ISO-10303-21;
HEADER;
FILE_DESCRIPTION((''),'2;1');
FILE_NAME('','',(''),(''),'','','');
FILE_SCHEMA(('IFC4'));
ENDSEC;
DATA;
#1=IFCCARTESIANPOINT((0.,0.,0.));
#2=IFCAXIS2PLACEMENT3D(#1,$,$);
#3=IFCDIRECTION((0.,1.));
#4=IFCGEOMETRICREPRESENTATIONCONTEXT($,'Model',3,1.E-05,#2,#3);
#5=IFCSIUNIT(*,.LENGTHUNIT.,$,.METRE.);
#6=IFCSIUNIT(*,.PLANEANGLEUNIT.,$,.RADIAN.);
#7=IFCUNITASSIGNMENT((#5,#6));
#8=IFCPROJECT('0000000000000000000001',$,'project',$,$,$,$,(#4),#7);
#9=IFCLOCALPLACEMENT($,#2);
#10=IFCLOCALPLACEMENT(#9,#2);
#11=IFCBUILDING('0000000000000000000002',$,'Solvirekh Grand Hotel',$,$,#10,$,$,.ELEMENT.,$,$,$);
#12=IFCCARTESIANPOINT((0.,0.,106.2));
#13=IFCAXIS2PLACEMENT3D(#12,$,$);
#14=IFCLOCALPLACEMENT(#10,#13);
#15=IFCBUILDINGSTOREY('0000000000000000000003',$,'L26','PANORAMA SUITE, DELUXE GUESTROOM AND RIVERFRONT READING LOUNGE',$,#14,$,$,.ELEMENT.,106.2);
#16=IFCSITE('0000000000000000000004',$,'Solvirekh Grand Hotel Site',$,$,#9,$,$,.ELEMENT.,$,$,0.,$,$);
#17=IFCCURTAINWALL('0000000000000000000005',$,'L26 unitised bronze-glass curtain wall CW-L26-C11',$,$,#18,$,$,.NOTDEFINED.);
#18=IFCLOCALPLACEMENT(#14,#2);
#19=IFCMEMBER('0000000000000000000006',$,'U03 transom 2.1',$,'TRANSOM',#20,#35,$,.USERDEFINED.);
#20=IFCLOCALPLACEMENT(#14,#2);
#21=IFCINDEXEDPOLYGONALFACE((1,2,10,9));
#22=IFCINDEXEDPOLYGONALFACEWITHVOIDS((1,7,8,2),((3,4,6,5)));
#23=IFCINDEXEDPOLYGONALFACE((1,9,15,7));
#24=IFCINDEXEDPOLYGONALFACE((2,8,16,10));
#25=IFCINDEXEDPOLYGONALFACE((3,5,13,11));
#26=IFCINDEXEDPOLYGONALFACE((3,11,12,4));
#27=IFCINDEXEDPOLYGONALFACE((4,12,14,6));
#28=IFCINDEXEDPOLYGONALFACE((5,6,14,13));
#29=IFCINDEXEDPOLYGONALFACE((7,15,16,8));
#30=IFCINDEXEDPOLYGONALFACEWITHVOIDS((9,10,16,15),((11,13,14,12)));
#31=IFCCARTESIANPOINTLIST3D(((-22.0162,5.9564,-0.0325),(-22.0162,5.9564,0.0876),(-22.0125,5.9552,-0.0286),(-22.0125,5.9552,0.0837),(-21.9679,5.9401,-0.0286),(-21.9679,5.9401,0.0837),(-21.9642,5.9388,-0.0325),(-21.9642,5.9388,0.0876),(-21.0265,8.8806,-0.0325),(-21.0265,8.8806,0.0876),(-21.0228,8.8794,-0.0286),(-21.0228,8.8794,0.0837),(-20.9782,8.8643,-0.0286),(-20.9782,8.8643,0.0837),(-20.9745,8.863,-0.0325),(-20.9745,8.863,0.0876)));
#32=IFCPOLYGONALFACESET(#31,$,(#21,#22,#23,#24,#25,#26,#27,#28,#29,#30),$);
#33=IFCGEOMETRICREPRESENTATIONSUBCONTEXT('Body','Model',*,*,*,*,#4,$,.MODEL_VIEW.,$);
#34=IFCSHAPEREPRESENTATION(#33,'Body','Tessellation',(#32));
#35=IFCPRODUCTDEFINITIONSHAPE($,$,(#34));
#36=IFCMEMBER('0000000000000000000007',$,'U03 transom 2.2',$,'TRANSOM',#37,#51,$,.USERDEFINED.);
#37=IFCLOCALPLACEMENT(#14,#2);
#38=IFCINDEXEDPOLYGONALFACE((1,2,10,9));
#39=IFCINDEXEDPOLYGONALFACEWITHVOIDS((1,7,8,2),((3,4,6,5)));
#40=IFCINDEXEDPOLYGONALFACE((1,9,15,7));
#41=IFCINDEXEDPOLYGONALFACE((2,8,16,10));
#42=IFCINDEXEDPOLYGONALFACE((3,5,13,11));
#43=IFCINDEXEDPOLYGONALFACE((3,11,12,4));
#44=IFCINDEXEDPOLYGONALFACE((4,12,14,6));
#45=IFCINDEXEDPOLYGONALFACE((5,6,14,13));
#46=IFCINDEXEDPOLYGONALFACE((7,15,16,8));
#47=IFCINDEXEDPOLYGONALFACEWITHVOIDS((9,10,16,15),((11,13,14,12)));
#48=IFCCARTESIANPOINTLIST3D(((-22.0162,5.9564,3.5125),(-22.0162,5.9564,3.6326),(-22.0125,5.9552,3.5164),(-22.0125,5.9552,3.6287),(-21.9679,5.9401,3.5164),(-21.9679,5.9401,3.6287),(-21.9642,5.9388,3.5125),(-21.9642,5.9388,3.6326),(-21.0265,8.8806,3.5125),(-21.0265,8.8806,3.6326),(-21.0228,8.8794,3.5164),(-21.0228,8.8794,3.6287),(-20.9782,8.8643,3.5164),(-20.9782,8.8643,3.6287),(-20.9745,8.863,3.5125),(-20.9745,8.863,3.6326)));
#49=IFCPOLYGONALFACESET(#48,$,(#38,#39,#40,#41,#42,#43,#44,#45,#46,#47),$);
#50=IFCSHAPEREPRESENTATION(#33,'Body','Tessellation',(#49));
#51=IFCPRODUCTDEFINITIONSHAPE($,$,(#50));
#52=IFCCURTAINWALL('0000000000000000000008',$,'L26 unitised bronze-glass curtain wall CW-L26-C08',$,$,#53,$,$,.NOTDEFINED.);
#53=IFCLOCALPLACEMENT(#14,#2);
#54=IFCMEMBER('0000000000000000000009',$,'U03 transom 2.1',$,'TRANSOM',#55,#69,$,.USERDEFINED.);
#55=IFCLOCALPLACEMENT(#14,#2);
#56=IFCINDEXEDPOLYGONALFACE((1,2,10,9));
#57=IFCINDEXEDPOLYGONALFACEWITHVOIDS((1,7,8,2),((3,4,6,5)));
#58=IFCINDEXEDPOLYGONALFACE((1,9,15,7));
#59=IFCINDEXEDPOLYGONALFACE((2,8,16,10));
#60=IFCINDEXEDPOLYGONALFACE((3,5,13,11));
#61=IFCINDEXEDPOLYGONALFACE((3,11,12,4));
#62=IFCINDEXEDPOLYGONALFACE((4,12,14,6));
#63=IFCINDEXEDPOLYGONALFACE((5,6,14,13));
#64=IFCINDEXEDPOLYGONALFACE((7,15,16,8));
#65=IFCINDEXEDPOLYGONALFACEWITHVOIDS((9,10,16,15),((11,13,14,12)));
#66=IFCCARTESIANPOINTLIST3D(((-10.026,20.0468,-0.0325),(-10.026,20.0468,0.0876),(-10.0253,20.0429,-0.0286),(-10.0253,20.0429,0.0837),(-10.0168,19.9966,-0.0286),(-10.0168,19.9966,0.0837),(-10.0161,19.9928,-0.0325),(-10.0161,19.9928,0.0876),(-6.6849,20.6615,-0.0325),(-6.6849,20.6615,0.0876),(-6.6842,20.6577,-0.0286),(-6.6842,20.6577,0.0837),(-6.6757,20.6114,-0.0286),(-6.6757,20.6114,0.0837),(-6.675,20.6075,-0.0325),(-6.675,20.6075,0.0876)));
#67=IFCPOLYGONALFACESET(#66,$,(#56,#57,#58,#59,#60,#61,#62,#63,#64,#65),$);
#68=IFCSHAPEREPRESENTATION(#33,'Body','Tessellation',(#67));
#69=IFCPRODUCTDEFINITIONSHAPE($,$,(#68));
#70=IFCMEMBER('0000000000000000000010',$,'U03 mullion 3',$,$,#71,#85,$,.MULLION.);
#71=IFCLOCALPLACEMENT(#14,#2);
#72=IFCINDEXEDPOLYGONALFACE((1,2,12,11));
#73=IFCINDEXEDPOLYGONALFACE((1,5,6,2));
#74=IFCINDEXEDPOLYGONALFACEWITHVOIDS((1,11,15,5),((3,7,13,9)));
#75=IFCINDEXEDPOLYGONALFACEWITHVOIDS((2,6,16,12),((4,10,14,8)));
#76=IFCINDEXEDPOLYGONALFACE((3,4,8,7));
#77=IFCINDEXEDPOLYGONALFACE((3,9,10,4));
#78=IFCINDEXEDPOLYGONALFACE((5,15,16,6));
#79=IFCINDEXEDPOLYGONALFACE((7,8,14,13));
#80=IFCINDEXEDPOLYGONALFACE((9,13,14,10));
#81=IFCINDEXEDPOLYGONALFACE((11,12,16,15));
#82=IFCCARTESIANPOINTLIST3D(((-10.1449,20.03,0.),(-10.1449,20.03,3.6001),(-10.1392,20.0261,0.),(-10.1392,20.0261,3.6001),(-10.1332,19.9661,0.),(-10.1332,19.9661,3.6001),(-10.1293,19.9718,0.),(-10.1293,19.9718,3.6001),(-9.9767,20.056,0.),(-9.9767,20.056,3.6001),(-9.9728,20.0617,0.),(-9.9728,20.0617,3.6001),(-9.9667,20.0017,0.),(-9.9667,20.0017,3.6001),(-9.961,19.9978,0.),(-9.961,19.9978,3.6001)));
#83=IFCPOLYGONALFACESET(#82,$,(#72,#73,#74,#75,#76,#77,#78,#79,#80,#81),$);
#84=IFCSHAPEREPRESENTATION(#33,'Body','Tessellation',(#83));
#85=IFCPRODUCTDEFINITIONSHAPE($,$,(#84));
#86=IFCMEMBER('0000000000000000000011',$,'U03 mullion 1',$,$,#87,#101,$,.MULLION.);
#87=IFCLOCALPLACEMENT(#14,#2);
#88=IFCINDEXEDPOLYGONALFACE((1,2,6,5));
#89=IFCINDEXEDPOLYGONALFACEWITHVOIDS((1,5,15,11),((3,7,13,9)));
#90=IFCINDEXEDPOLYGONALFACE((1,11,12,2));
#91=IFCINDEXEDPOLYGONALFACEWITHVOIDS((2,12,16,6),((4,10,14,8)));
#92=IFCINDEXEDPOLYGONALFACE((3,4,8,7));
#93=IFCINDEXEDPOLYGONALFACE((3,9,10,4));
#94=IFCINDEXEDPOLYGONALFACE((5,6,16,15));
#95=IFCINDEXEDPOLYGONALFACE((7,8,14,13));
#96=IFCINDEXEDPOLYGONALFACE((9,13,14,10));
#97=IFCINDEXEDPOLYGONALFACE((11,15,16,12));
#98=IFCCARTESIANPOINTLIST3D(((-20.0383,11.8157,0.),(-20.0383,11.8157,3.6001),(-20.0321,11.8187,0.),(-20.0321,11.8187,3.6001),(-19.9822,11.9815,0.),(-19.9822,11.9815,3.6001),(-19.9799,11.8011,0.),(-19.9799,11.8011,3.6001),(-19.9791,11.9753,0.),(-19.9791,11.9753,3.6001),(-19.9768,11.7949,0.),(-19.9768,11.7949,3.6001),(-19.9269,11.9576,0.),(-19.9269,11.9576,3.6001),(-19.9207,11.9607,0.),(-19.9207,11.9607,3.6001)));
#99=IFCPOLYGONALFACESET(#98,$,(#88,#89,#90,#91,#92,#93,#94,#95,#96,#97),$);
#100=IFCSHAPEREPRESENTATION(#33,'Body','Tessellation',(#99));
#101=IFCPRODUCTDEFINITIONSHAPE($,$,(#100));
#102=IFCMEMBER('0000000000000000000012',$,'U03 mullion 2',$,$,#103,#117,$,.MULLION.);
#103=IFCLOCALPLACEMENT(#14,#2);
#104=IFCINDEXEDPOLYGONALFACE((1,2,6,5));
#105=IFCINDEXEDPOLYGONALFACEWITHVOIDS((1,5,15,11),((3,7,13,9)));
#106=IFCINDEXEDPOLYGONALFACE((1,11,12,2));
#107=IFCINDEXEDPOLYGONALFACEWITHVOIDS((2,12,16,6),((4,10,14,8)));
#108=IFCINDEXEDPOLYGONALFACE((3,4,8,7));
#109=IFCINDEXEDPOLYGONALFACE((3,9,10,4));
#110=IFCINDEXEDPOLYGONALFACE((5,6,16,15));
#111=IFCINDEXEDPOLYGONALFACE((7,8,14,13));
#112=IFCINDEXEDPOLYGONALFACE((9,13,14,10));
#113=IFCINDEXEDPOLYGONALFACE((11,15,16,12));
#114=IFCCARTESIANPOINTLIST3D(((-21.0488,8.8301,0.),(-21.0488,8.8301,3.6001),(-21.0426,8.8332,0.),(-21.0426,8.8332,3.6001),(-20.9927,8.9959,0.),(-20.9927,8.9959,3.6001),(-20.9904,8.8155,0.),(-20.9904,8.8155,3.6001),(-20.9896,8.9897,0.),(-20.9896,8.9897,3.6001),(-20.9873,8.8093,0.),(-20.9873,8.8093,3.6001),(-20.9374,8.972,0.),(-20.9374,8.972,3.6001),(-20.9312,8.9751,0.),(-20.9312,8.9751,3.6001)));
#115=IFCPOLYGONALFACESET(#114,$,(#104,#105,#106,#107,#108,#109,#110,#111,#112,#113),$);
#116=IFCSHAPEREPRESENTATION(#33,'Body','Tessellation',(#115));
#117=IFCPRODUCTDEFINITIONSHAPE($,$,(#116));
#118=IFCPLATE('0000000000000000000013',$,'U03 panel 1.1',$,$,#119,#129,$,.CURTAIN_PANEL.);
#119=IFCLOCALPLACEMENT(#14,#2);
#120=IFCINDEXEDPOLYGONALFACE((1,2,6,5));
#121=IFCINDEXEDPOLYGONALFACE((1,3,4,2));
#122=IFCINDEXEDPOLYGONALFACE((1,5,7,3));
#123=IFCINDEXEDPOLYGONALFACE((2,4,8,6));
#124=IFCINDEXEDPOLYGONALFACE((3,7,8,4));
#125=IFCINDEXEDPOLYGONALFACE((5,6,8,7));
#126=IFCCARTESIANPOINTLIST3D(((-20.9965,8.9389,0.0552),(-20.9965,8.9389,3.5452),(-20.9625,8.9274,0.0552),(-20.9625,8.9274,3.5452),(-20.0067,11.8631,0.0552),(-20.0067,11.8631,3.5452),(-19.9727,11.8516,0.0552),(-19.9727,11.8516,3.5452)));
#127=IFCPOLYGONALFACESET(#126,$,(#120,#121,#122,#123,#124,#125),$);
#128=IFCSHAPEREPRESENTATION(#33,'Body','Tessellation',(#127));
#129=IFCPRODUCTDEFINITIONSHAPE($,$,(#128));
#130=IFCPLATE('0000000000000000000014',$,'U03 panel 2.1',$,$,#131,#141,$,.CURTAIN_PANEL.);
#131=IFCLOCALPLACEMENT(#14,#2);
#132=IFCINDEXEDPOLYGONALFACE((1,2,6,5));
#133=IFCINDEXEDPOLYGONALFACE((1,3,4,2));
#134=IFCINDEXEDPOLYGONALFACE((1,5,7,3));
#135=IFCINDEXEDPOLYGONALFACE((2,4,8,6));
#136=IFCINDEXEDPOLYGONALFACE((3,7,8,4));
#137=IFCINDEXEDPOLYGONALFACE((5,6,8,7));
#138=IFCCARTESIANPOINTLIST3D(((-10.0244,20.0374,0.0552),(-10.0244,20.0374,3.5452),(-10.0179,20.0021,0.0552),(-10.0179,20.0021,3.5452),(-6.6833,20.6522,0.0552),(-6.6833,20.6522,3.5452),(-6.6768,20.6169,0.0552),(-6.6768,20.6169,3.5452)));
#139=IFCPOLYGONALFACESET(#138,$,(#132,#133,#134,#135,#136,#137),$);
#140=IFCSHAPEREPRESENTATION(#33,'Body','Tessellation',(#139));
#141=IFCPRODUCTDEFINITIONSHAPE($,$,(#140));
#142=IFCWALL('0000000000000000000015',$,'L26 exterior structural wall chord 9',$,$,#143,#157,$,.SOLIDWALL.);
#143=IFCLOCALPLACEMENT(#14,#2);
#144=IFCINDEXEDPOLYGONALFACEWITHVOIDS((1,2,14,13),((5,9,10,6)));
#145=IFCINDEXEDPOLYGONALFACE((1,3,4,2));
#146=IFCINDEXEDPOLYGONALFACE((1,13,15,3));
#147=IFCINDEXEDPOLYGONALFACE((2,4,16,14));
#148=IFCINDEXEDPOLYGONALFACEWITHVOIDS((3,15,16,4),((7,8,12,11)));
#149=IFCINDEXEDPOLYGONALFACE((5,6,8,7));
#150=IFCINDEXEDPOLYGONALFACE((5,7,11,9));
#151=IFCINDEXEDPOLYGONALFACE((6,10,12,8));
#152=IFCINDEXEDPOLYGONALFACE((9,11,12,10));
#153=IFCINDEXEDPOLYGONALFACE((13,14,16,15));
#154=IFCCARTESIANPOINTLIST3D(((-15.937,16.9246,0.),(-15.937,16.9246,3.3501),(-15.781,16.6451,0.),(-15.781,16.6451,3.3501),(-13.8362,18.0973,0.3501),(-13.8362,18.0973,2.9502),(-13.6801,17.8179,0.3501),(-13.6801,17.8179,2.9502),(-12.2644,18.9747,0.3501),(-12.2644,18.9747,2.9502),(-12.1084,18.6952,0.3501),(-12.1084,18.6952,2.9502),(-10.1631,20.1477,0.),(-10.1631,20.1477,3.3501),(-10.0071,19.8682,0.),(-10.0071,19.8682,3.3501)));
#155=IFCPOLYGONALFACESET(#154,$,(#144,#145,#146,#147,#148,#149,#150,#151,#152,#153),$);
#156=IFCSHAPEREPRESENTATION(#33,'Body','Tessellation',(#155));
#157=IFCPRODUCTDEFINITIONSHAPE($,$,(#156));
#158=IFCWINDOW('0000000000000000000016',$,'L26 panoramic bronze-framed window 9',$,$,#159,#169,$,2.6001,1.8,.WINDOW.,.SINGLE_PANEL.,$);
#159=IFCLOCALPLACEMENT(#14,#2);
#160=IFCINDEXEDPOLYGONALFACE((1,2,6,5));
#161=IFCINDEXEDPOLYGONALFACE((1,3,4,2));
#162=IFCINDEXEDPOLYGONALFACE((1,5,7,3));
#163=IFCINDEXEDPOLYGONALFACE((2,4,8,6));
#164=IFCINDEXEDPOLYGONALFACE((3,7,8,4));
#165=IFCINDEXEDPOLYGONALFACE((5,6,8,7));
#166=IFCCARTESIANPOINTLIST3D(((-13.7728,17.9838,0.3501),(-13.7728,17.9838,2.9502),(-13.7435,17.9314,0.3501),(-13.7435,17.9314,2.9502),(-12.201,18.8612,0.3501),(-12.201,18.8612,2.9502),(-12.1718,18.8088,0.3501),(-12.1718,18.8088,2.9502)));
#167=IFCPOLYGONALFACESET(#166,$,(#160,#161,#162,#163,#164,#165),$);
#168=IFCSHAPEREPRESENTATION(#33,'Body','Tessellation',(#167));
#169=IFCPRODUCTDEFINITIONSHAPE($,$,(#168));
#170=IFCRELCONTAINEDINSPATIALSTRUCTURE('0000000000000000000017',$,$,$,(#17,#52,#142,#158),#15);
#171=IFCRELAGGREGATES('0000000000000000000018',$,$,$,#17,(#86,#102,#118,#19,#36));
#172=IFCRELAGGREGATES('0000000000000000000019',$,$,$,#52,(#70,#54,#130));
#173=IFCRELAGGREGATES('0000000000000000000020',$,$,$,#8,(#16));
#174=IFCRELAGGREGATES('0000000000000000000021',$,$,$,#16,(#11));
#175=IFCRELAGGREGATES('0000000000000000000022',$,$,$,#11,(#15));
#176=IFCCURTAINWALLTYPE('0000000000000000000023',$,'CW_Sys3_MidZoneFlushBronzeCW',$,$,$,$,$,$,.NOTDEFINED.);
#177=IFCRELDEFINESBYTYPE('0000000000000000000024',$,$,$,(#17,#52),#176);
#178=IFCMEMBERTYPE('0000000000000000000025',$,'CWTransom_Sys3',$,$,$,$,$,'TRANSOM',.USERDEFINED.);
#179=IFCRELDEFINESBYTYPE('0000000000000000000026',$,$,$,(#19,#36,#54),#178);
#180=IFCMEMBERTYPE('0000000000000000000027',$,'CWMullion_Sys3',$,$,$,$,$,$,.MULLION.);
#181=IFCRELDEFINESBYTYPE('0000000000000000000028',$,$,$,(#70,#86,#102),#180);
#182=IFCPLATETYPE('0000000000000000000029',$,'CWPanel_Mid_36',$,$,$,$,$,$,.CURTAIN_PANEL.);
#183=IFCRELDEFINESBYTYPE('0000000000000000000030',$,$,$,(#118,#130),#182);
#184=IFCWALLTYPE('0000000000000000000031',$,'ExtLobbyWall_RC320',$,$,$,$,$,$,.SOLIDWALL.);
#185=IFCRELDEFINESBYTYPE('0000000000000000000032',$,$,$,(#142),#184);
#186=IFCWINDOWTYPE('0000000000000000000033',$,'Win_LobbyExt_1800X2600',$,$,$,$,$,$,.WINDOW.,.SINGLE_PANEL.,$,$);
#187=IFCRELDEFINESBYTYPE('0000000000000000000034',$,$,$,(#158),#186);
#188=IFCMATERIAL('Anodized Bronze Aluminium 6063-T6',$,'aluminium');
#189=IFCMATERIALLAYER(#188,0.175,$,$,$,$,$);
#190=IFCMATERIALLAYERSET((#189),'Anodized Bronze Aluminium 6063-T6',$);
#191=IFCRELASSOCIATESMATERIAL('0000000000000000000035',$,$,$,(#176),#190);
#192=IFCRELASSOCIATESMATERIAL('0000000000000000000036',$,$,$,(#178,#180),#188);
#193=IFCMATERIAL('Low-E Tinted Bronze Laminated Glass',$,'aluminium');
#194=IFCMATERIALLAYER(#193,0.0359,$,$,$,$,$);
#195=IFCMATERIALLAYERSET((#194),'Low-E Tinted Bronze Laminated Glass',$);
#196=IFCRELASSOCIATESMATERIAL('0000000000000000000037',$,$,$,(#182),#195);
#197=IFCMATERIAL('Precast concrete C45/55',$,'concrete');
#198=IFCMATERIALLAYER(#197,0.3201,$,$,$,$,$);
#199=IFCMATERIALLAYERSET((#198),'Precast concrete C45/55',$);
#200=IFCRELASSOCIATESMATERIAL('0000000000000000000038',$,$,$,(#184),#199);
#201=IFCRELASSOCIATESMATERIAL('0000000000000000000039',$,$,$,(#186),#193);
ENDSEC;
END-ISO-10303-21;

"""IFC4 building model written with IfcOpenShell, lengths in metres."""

from ifc_helpers import new_model, si_unit, direction, frame, frame_2d, origin, origin_2d, place, context, subcontext, project, spatial, rectangle, hollow_rectangle, extrude, source, transform, mapped, material, layer, layer_set, material_profile, profile_set, type_object, element, fill, aggregate, save


model = new_model("IFC4")

# Units and contexts
model_context = context("Model", 3, precision=1e-05, world=origin(), true_north=direction((0.0, 1.0)))
body_context = subcontext(model_context, "Body", "Model", "MODEL_VIEW")
ifc_project = project(units=[si_unit("LENGTHUNIT", "METRE"), si_unit("PLANEANGLEUNIT", "RADIAN")], contexts=[model_context])

# Site, building, storey
site_placement = place(None, origin())
site = spatial("IfcSite", under=ifc_project, at=site_placement, Name="Solvirekh Grand Hotel Site", CompositionType="ELEMENT", RefElevation=0.0)
building_placement = place(site_placement, origin())
building = spatial("IfcBuilding", under=site, at=building_placement, Name="Solvirekh Grand Hotel", CompositionType="ELEMENT")
storey_placement = place(building_placement, frame((0.0, 0.0, 106.2)))
storey = spatial("IfcBuildingStorey", under=building, at=storey_placement, Name="L26", Description="PANORAMA SUITE, DELUXE GUESTROOM AND RIVERFRONT READING LOUNGE", CompositionType="ELEMENT", Elevation=106.2)

# Curtain walls, members
ifc_material_1 = material(Name="Anodized Bronze Aluminium 6063-T6", Category="aluminium")
ifc_layer_1 = layer(ifc_material_1, 0.175)
ifc_layer_set_1 = layer_set([ifc_layer_1], Name="Anodized Bronze Aluminium 6063-T6")
curtain_wall_type = type_object("IfcCurtainWallType", Name="CW_Sys3_MidZoneFlushBronzeCW", PredefinedType="NOTDEFINED", material=ifc_layer_set_1)
curtain_wall_1_placement = place(storey_placement, origin())
curtain_wall_1 = element("IfcCurtainWall", 1, at=curtain_wall_1_placement, inside=storey, type_object=curtain_wall_type, Name="L26 unitised bronze-glass curtain wall CW-L26-C11", PredefinedType="NOTDEFINED")
ifc_material_profile_1 = material_profile(ifc_material_1, hollow_rectangle(XDim=0.0549, YDim=0.1201, WallThickness=0.0039, at=origin_2d()), Name="ALU RHS 120X55X4")
ifc_profile_set_1 = profile_set([ifc_material_profile_1], Name="Anodized Bronze Aluminium 6063-T6")
member_type_1 = type_object("IfcMemberType", Name="CWTransom_Sys3", ElementType="TRANSOM", PredefinedType="USERDEFINED", material=ifc_profile_set_1)
shared_shape_1 = source(origin(), body_context, "Body", "SweptSolid", [
    extrude(hollow_rectangle(XDim=0.0549, YDim=0.1201, WallThickness=0.0039, at=origin_2d()), origin(), (0.0, 0.0, 1.0), 3.0872),
])
member_1_placement = place(storey_placement, frame((-21.0005, 8.8718, 0.0276), z_axis=(-0.32059, -0.947218, 0.0), x_axis=(0.947218, -0.32059, 0.0)))
member_1 = element("IfcMember", 2, at=member_1_placement, type_object=member_type_1, Name="U03 transom 2.1", ObjectType="TRANSOM", PredefinedType="USERDEFINED", context=body_context, shape_type="MappedRepresentation", body=[
    mapped(shared_shape_1, transform((0.0, 0.0, 0.0), x_axis=(1.0, 0.0, 0.0), y_axis=(0.0, 1.0, 0.0), z_axis=(0.0, 0.0, 1.0), scale=1.0)),
])
member_2_placement = place(storey_placement, frame((-21.0005, 8.8718, 3.5725), z_axis=(-0.32059, -0.947218, 0.0), x_axis=(0.947218, -0.32059, 0.0)))
member_2 = element("IfcMember", 3, at=member_2_placement, type_object=member_type_1, Name="U03 transom 2.2", ObjectType="TRANSOM", PredefinedType="USERDEFINED", context=body_context, shape_type="MappedRepresentation", body=[
    mapped(shared_shape_1, transform((0.0, 0.0, 0.0), x_axis=(1.0, 0.0, 0.0), y_axis=(0.0, 1.0, 0.0), z_axis=(0.0, 0.0, 1.0), scale=1.0)),
])
curtain_wall_2_placement = place(storey_placement, origin())
curtain_wall_2 = element("IfcCurtainWall", 4, at=curtain_wall_2_placement, inside=storey, type_object=curtain_wall_type, Name="L26 unitised bronze-glass curtain wall CW-L26-C08", PredefinedType="NOTDEFINED")
shared_shape_2 = source(origin(), body_context, "Body", "SweptSolid", [
    extrude(hollow_rectangle(XDim=0.0549, YDim=0.1201, WallThickness=0.0039, at=origin_2d()), origin(), (0.0, 0.0, 1.0), 3.3972),
])
member_3_placement = place(storey_placement, frame((-6.6799, 20.6345, 0.0276), z_axis=(-0.983491, -0.180959, 0.0), x_axis=(0.180959, -0.983491, 0.0)))
member_3 = element("IfcMember", 5, at=member_3_placement, type_object=member_type_1, Name="U03 transom 2.1", ObjectType="TRANSOM", PredefinedType="USERDEFINED", context=body_context, shape_type="MappedRepresentation", body=[
    mapped(shared_shape_2, transform((0.0, 0.0, 0.0), x_axis=(1.0, 0.0, 0.0), y_axis=(0.0, 1.0, 0.0), z_axis=(0.0, 0.0, 1.0), scale=1.0)),
])
ifc_material_profile_2 = material_profile(ifc_material_1, hollow_rectangle(XDim=0.0649, YDim=0.175, WallThickness=0.0049, at=origin_2d()), Name="ALU RHS 175X65X5")
ifc_profile_set_2 = profile_set([ifc_material_profile_2], Name="Anodized Bronze Aluminium 6063-T6")
member_type_2 = type_object("IfcMemberType", Name="CWMullion_Sys3", PredefinedType="MULLION", material=ifc_profile_set_2)
shared_shape_3 = source(origin(), body_context, "Body", "SweptSolid", [
    extrude(hollow_rectangle(XDim=0.0649, YDim=0.175, WallThickness=0.0049, at=origin_2d()), origin(), (0.0, 0.0, 1.0), 3.6001),
])
member_4_placement = place(storey_placement, frame((-10.053, 20.0139, 0.0), z_axis=(0.0, 0.0, 1.0), x_axis=(0.180988, -0.983485, 0.0)))
member_4 = element("IfcMember", 6, at=member_4_placement, type_object=member_type_2, Name="U03 mullion 3", PredefinedType="MULLION", context=body_context, shape_type="MappedRepresentation", body=[
    mapped(shared_shape_3, transform((0.0, 0.0, 0.0), x_axis=(1.0, 0.0, 0.0), y_axis=(0.0, 1.0, 0.0), z_axis=(0.0, 0.0, 1.0), scale=1.0)),
])

# Members
member_5_placement = place(storey_placement, frame((-19.9795, 11.8882, 0.0), z_axis=(0.0, 0.0, 1.0), x_axis=(0.947213, -0.320605, 0.0)))
member_5 = element("IfcMember", 7, at=member_5_placement, type_object=member_type_2, Name="U03 mullion 1", PredefinedType="MULLION", context=body_context, shape_type="MappedRepresentation", body=[
    mapped(shared_shape_3, transform((0.0, 0.0, 0.0), x_axis=(1.0, 0.0, 0.0), y_axis=(0.0, 1.0, 0.0), z_axis=(0.0, 0.0, 1.0), scale=1.0)),
])
member_6_placement = place(storey_placement, frame((-20.99, 8.9026, 0.0), z_axis=(0.0, 0.0, 1.0), x_axis=(0.947213, -0.320605, 0.0)))
member_6 = element("IfcMember", 8, at=member_6_placement, type_object=member_type_2, Name="U03 mullion 2", PredefinedType="MULLION", context=body_context, shape_type="MappedRepresentation", body=[
    mapped(shared_shape_3, transform((0.0, 0.0, 0.0), x_axis=(1.0, 0.0, 0.0), y_axis=(0.0, 1.0, 0.0), z_axis=(0.0, 0.0, 1.0), scale=1.0)),
])

# Plates
ifc_material_2 = material(Name="Low-E Tinted Bronze Laminated Glass", Category="aluminium")
ifc_layer_2 = layer(ifc_material_2, 0.0359)
ifc_layer_set_2 = layer_set([ifc_layer_2], Name="Low-E Tinted Bronze Laminated Glass")
plate_type = type_object("IfcPlateType", Name="CWPanel_Mid_36", PredefinedType="CURTAIN_PANEL", material=ifc_layer_set_2)
shared_shape_4 = source(origin(), body_context, "Body", "SweptSolid", [
    extrude(rectangle(XDim=3.0872, YDim=0.0359, at=origin_2d()), origin(), (0.0, 0.0, 1.0), 3.49),
])
plate_1_placement = place(storey_placement, frame((-20.4846, 10.3953, 0.0552), z_axis=(0.0, 0.0, 1.0), x_axis=(-0.320605, -0.947213, 0.0)))
plate_1 = element("IfcPlate", 9, at=plate_1_placement, type_object=plate_type, Name="U03 panel 1.1", PredefinedType="CURTAIN_PANEL", context=body_context, shape_type="MappedRepresentation", body=[
    mapped(shared_shape_4, transform((0.0, 0.0, 0.0), x_axis=(1.0, 0.0, 0.0), y_axis=(0.0, 1.0, 0.0), z_axis=(0.0, 0.0, 1.0), scale=1.0)),
])
aggregate(curtain_wall_1, [member_5, member_6, plate_1, member_1, member_2])
shared_shape_5 = source(origin(), body_context, "Body", "SweptSolid", [
    extrude(rectangle(XDim=3.3972, YDim=0.0359, at=origin_2d()), origin(), (0.0, 0.0, 1.0), 3.49),
])
plate_2_placement = place(storey_placement, frame((-8.3506, 20.3271, 0.0552), z_axis=(0.0, 0.0, 1.0), x_axis=(-0.983485, -0.180988, 0.0)))
plate_2 = element("IfcPlate", 10, at=plate_2_placement, type_object=plate_type, Name="U03 panel 2.1", PredefinedType="CURTAIN_PANEL", context=body_context, shape_type="MappedRepresentation", body=[
    mapped(shared_shape_5, transform((0.0, 0.0, 0.0), x_axis=(1.0, 0.0, 0.0), y_axis=(0.0, 1.0, 0.0), z_axis=(0.0, 0.0, 1.0), scale=1.0)),
])
aggregate(curtain_wall_2, [member_4, member_3, plate_2])

# Wall, opening, window
ifc_material_3 = material(Name="Precast concrete C45/55", Category="concrete")
ifc_layer_3 = layer(ifc_material_3, 0.3201)
ifc_layer_set_3 = layer_set([ifc_layer_3], Name="Precast concrete C45/55")
wall_type_1 = type_object("IfcWallType", Name="ExtLobbyWall_RC320", PredefinedType="SOLIDWALL", material=ifc_layer_set_3)
wall_1_placement = place(storey_placement, frame((-15.8589, 16.7849, 0.0), z_axis=(0.0, 0.0, 1.0), x_axis=(0.873166, 0.487422, 0.0)))
wall_1 = element("IfcWall", 11, at=wall_1_placement, inside=storey, type_object=wall_type_1, Name="L26 exterior structural wall chord 9", PredefinedType="SOLIDWALL", context=body_context, shape_type="SweptSolid", body=[
    extrude(rectangle(XDim=6.6125, YDim=0.3201, at=frame_2d((3.3062, 0.0))), origin(), (0.0, 0.0, 1.0), 3.3501),
])
opening_1_placement = place(wall_1_placement, frame((2.406, 0.0, 0.3501)))
opening_1 = element("IfcOpeningElement", 12, at=opening_1_placement, cuts=wall_1, PredefinedType="OPENING", context=body_context, shape_type="SweptSolid", body=[
    extrude(rectangle(XDim=1.8, YDim=2.6001, at=frame_2d((0.8999, 1.3))), frame((0.0, 0.1699, 0.0), z_axis=(0.0, -1.0, 0.0), x_axis=(1.0, 0.0, 0.0)), (0.0, 0.0, 1.0), 0.3401),
])
window_type = type_object("IfcWindowType", Name="Win_LobbyExt_1800X2600", PartitioningType="SINGLE_PANEL", PredefinedType="WINDOW", material=ifc_material_2)
window_1_placement = place(opening_1_placement, origin())
window_1 = element("IfcWindow", 13, at=window_1_placement, inside=storey, type_object=window_type, Name="L26 panoramic bronze-framed window 9", OverallHeight=2.6001, OverallWidth=1.8, PartitioningType="SINGLE_PANEL", PredefinedType="WINDOW", context=body_context, shape_type="SweptSolid", body=[
    extrude(rectangle(XDim=1.8, YDim=2.6001, at=frame_2d((0.8999, 1.3))), frame((0.0, 0.03, 0.0), z_axis=(0.0, -1.0, 0.0), x_axis=(1.0, 0.0, 0.0)), (0.0, 0.0, 1.0), 0.0601),
])
fill(opening_1, window_1)

save(model, "model.ifc")
